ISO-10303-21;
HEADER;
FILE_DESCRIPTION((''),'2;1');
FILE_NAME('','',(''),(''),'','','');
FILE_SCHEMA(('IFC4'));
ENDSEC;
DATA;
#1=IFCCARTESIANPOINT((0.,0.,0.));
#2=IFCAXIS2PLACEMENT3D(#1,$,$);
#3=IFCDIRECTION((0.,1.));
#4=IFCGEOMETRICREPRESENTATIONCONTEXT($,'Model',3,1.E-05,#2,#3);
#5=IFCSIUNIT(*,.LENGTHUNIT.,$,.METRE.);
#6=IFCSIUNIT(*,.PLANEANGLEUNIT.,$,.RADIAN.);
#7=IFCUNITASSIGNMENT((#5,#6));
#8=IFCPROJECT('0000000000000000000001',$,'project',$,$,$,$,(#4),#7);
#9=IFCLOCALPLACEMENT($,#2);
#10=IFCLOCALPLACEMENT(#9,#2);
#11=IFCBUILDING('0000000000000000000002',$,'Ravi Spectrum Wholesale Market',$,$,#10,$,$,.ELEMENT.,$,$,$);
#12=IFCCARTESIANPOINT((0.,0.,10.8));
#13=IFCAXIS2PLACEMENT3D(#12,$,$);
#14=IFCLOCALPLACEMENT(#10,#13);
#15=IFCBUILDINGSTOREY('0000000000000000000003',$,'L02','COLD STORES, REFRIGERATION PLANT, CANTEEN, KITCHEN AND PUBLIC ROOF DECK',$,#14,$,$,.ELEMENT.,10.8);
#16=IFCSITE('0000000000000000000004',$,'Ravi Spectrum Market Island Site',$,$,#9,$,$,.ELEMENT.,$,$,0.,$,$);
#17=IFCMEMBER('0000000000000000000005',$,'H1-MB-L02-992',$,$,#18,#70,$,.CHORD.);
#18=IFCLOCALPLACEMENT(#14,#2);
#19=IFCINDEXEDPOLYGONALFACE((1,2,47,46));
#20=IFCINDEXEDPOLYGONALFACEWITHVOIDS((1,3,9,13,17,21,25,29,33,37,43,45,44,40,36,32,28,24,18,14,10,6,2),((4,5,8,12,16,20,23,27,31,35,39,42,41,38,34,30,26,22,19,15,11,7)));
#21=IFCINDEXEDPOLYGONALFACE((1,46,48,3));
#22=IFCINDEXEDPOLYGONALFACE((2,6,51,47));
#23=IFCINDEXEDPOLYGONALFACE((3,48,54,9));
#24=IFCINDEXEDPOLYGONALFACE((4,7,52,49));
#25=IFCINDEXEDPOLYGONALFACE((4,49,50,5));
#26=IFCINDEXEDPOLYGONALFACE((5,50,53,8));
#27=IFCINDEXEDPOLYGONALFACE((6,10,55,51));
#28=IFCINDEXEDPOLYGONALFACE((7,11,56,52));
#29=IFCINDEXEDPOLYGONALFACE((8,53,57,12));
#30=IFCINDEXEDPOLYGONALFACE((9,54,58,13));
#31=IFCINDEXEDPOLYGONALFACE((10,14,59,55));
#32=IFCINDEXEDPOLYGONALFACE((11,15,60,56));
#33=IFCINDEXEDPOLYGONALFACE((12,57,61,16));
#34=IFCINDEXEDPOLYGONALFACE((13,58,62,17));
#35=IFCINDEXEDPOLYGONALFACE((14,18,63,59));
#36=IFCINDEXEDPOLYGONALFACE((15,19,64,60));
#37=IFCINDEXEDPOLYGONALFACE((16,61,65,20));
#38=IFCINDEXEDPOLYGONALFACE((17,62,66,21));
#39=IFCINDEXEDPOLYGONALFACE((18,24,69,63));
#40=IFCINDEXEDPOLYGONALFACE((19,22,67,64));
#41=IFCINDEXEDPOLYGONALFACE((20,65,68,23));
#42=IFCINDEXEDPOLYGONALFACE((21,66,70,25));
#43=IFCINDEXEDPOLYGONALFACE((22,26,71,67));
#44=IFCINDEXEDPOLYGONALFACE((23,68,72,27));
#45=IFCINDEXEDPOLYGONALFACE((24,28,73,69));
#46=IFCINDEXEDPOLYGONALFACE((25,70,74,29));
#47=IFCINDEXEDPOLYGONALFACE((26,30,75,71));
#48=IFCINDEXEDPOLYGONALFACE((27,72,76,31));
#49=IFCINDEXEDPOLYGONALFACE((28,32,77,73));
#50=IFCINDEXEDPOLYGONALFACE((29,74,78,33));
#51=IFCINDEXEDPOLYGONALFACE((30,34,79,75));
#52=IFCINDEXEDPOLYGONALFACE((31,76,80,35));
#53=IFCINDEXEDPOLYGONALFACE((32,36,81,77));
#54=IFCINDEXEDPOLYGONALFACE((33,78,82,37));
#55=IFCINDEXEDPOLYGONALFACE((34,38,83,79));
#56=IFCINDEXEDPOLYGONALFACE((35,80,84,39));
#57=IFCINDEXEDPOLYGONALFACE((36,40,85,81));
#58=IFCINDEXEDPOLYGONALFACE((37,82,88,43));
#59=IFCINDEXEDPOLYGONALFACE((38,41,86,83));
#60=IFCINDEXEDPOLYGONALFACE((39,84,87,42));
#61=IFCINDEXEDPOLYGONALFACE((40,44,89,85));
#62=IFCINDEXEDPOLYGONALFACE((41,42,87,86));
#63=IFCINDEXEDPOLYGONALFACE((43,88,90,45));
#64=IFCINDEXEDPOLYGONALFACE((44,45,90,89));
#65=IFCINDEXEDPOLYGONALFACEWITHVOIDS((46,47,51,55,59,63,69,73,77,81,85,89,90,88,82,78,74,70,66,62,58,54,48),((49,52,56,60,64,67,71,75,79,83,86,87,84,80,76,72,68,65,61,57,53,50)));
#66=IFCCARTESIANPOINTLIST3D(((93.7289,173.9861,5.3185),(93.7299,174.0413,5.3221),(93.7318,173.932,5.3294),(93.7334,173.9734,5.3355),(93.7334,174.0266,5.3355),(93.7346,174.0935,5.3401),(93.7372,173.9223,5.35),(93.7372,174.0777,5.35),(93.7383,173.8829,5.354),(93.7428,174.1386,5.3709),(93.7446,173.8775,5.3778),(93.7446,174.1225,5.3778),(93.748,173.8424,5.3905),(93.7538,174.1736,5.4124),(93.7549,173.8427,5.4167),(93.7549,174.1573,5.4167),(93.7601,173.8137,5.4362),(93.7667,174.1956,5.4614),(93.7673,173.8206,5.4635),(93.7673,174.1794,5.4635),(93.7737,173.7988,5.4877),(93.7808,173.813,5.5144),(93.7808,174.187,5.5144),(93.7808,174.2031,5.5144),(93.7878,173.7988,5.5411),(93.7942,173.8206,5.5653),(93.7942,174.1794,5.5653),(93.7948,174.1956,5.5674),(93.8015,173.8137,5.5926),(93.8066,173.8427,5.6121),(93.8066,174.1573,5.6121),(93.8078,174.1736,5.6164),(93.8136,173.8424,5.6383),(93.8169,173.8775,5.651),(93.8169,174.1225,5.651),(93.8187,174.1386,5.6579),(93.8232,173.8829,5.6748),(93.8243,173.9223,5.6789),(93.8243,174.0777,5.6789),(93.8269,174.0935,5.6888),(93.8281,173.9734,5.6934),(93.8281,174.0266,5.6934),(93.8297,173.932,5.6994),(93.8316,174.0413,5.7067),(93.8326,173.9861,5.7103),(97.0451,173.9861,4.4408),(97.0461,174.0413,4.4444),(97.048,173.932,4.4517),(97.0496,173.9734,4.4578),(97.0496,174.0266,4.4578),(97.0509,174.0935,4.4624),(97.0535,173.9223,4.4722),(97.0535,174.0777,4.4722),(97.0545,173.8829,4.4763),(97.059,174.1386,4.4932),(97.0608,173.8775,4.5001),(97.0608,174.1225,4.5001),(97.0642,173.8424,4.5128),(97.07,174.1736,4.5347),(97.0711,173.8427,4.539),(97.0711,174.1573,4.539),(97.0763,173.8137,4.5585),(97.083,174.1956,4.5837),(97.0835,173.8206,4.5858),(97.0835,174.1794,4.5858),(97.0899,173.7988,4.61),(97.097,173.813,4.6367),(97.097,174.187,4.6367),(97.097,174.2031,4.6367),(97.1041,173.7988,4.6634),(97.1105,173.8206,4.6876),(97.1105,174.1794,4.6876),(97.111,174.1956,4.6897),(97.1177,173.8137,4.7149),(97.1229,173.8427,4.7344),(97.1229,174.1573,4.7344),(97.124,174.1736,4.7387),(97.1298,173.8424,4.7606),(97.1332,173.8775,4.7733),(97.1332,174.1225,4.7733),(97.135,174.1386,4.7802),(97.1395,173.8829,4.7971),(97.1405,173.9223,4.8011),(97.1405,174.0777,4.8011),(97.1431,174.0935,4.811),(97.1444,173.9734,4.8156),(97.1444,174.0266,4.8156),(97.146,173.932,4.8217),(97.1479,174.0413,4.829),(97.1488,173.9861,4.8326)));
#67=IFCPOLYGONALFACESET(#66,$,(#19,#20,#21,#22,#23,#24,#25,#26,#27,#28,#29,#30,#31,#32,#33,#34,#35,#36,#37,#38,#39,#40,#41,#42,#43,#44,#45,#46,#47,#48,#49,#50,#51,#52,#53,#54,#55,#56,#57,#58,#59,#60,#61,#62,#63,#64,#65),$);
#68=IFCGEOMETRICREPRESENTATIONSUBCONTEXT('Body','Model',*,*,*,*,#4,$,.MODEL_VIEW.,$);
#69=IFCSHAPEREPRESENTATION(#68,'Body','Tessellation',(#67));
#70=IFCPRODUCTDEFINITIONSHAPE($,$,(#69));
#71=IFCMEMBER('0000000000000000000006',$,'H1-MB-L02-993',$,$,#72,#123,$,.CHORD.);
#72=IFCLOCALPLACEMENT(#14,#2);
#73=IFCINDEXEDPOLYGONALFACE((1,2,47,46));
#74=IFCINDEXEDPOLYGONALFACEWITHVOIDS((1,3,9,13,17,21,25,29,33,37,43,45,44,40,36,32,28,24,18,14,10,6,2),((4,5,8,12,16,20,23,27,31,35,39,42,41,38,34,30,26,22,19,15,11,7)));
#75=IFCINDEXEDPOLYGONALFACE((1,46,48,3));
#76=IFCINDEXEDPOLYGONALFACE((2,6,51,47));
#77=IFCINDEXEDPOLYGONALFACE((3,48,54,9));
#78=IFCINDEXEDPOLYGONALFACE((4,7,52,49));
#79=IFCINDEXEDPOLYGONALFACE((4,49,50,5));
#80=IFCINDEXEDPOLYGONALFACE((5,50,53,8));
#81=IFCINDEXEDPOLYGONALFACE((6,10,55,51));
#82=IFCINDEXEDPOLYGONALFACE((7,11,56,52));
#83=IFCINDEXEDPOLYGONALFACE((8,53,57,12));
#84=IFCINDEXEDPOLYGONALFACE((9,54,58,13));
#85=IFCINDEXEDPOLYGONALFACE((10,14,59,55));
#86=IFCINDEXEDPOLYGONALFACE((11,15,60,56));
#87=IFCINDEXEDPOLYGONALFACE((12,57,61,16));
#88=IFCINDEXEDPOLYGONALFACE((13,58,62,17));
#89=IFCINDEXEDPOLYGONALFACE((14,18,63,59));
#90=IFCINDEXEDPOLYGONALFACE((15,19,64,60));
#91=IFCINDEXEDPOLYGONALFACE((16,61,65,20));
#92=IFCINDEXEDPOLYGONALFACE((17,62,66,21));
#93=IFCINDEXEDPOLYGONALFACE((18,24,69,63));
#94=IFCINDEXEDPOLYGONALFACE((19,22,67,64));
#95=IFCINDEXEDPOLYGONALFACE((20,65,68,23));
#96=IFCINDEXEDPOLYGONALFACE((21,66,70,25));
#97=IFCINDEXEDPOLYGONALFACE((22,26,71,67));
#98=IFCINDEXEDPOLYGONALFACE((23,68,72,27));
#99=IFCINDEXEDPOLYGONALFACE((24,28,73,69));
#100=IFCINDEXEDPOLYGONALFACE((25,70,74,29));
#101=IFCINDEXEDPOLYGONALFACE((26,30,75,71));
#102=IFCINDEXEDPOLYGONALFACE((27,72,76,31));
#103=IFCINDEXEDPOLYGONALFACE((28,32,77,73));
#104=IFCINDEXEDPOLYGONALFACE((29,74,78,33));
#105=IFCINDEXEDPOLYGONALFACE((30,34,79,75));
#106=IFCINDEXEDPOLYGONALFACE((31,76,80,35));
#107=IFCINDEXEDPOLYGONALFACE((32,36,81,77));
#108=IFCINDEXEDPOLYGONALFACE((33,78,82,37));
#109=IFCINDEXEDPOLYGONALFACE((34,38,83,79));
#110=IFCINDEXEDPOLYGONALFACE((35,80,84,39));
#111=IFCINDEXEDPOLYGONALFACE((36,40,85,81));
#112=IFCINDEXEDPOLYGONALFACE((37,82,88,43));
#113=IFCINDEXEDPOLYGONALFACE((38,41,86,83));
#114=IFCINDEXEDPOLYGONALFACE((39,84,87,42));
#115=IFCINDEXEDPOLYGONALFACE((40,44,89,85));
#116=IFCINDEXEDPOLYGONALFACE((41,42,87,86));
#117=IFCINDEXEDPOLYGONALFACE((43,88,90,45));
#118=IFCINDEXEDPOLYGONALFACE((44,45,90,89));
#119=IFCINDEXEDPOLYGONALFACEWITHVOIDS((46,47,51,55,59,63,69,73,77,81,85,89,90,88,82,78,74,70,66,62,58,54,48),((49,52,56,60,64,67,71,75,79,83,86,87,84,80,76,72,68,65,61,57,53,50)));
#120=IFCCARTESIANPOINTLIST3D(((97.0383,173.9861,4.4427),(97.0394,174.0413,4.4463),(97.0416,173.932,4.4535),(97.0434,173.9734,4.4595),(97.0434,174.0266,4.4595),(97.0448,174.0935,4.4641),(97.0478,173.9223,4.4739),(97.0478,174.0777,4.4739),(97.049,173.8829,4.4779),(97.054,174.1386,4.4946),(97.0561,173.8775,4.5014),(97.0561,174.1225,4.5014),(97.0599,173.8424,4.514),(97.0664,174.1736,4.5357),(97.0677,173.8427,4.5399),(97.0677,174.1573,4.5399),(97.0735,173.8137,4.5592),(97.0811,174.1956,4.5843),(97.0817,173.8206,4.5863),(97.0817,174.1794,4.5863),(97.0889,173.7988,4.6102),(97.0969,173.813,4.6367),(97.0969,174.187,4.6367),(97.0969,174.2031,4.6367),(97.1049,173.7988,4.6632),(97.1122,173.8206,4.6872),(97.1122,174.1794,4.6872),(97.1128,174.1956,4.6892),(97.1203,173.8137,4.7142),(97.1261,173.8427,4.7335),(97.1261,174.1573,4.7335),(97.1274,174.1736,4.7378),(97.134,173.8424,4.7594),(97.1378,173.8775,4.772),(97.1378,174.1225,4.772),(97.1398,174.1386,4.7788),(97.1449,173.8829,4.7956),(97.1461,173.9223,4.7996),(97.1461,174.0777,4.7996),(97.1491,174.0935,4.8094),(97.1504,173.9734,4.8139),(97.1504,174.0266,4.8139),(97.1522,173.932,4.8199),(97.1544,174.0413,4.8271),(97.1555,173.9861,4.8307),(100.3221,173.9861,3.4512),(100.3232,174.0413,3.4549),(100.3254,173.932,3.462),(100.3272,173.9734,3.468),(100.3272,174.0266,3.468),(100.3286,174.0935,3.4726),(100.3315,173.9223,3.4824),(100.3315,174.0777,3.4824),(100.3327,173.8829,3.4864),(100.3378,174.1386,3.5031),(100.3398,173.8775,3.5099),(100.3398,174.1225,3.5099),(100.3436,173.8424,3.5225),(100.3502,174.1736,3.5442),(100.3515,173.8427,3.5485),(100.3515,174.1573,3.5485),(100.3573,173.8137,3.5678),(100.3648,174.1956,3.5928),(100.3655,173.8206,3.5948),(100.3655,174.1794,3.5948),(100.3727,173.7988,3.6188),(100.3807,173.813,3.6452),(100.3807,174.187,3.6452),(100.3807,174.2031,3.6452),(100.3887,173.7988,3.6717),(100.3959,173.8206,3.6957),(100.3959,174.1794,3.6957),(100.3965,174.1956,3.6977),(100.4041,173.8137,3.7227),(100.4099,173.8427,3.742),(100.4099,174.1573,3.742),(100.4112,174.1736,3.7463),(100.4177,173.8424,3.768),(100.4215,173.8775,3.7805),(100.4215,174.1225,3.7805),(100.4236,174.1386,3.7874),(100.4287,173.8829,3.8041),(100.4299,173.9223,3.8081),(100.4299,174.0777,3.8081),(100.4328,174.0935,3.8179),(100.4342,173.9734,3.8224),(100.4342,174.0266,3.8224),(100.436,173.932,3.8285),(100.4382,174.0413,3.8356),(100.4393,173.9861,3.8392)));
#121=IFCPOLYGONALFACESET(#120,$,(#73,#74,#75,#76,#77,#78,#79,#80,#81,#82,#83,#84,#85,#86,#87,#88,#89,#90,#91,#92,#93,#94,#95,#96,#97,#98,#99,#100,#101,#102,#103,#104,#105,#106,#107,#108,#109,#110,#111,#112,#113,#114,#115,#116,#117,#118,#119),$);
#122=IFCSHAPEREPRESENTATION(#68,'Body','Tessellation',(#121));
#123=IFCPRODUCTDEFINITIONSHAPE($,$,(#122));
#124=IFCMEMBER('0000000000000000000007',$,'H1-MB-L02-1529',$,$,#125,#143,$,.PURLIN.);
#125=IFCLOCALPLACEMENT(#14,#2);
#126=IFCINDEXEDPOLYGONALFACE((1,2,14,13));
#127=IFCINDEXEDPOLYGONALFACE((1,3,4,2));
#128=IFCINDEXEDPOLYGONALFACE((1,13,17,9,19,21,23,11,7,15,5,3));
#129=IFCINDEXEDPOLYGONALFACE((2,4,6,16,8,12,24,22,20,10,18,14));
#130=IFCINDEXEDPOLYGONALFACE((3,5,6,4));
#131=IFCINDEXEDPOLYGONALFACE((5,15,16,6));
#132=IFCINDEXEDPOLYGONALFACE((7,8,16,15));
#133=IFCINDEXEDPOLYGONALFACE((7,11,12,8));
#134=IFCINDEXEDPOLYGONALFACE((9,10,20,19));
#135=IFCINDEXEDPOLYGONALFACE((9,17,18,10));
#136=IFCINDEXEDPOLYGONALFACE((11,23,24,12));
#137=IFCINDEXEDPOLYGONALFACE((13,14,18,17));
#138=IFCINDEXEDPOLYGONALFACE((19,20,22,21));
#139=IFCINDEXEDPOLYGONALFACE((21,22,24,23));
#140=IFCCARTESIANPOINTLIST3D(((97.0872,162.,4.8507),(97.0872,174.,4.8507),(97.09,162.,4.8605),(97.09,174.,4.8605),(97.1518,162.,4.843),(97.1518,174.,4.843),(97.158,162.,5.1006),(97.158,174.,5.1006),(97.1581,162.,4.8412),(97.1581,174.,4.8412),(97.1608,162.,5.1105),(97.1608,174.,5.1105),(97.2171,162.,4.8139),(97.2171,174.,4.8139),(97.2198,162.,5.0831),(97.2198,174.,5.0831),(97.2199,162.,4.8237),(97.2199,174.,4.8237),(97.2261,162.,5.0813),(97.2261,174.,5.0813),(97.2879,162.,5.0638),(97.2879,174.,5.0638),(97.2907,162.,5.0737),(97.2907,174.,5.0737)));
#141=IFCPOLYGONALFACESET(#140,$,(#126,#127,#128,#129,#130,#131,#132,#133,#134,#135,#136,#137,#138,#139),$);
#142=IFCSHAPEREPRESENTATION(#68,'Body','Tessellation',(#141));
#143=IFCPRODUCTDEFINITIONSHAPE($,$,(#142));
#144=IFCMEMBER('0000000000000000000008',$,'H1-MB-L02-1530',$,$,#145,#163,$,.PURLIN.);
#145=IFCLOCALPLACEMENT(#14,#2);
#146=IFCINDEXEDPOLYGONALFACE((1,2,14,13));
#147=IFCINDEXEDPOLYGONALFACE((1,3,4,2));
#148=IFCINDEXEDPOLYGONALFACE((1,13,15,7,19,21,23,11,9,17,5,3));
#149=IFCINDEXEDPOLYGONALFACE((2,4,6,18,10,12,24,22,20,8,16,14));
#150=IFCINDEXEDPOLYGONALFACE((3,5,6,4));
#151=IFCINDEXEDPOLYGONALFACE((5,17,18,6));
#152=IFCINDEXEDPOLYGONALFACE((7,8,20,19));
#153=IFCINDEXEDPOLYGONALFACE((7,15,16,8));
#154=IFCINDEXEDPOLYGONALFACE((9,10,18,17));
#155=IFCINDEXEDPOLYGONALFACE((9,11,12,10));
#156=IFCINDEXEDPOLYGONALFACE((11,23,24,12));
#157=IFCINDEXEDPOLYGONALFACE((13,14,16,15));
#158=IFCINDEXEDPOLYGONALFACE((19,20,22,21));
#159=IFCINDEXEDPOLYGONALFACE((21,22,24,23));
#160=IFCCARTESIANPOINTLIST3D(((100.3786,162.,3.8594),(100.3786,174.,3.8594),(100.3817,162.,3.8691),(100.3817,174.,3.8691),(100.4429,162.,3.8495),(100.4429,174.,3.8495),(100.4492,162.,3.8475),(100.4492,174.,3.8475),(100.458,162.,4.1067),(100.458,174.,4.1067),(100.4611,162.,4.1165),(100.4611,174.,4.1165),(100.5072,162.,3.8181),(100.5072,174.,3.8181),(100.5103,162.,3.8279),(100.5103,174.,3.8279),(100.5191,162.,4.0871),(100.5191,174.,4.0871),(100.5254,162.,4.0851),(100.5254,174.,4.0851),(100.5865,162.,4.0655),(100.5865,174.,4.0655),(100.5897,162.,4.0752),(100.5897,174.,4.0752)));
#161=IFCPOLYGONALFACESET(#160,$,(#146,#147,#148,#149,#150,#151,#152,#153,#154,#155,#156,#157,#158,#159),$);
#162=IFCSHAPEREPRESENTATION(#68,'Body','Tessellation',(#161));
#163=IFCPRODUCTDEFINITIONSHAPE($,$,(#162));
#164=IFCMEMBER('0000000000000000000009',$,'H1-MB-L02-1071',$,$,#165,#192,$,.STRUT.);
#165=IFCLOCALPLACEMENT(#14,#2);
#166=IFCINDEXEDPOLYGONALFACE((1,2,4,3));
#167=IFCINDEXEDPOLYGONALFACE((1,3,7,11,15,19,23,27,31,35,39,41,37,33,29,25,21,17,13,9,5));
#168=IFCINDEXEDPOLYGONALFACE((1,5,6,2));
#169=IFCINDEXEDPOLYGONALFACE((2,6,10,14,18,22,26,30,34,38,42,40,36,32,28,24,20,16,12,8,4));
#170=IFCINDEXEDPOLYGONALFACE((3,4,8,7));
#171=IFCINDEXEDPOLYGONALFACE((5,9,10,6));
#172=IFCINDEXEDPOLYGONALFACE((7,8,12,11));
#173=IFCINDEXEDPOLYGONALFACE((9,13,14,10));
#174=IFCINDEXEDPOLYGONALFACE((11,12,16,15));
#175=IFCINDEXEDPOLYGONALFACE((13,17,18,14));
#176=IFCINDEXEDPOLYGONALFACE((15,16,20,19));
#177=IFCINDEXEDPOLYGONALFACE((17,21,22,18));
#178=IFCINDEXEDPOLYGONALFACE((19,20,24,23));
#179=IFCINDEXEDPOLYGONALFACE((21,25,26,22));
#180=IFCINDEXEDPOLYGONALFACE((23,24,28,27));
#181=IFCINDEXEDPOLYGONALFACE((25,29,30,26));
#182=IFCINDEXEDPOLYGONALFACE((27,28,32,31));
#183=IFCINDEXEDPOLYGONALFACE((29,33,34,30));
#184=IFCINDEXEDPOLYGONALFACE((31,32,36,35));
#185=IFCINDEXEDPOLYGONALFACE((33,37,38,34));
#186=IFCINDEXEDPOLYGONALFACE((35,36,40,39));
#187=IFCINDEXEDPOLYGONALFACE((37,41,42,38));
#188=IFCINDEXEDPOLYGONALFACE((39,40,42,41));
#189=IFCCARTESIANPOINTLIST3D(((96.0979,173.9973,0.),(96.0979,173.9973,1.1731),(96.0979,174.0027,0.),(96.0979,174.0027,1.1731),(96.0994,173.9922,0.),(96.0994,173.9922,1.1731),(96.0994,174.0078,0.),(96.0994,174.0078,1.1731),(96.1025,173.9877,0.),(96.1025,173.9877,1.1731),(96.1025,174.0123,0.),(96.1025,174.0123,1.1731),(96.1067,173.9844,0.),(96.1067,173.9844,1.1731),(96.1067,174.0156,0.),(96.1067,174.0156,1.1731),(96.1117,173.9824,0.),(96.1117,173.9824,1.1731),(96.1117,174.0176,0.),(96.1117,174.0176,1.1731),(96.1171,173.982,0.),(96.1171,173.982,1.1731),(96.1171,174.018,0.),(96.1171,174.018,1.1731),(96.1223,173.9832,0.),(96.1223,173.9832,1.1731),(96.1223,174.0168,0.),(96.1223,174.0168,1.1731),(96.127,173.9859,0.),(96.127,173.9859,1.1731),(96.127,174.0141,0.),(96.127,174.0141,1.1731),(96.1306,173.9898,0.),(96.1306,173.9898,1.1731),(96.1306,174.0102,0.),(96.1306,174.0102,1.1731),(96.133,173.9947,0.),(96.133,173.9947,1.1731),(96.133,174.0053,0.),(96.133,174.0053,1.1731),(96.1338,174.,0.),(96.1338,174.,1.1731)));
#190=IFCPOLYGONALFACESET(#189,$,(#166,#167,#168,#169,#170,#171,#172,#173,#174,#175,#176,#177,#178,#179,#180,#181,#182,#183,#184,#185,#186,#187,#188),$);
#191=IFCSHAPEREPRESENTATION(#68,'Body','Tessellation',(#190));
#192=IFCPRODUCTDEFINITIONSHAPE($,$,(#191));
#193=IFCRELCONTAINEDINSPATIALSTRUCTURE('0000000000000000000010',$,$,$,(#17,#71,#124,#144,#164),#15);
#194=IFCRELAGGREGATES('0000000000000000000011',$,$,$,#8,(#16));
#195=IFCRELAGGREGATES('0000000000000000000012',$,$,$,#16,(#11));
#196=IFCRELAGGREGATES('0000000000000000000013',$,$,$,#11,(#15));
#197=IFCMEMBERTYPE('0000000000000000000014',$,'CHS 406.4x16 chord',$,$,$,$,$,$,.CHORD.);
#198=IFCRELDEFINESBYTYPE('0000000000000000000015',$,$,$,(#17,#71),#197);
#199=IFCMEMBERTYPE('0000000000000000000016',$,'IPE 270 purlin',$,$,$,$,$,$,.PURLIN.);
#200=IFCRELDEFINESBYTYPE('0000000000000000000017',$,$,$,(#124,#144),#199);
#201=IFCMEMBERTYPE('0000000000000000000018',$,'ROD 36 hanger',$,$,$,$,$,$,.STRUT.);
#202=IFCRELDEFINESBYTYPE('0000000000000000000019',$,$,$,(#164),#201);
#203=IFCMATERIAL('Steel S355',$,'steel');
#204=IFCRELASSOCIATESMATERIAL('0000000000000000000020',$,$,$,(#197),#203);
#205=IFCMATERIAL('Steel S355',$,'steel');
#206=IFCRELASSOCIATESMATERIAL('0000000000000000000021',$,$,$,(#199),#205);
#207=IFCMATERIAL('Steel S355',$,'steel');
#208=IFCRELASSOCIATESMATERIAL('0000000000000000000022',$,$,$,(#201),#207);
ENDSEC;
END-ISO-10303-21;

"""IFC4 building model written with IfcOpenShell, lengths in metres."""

from ifc_helpers import new_model, si_unit, direction, frame, origin, origin_2d, place, context, subcontext, project, spatial, circle, hollow_circle, i_section, extrude, material, material_profile, profile_set, type_object, element, save


model = new_model("IFC4")

# Units and contexts
model_context = context("Model", 3, precision=1e-05, world=origin(), true_north=direction((0.0, 1.0)))
body_context = subcontext(model_context, "Body", "Model", "MODEL_VIEW")
ifc_project = project(units=[si_unit("LENGTHUNIT", "METRE"), si_unit("PLANEANGLEUNIT", "RADIAN")], contexts=[model_context])

# Site, building, storey
site_placement = place(None, origin())
site = spatial("IfcSite", under=ifc_project, at=site_placement, Name="Ravi Spectrum Market Island Site", CompositionType="ELEMENT", RefElevation=0.0)
building_placement = place(site_placement, origin())
building = spatial("IfcBuilding", under=site, at=building_placement, Name="Ravi Spectrum Wholesale Market", CompositionType="ELEMENT")
storey_placement = place(building_placement, frame((0.0, 0.0, 10.8)))
storey = spatial("IfcBuildingStorey", under=building, at=storey_placement, Name="L02", Description="COLD STORES, REFRIGERATION PLANT, CANTEEN, KITCHEN AND PUBLIC ROOF DECK", CompositionType="ELEMENT", Elevation=10.8)

# Members
ifc_material_1 = material(Name="Steel S355", Category="steel")
ifc_material_profile_1 = material_profile(ifc_material_1, hollow_circle(Radius=0.2031, WallThickness=0.0161, at=origin_2d()))
ifc_profile_set_1 = profile_set([ifc_material_profile_1], Name="Steel S355")
member_type_1 = type_object("IfcMemberType", Name="CHS 406.4x16 chord", PredefinedType="CHORD", material=ifc_profile_set_1)
member_1_placement = place(storey_placement, frame((93.7808, 174.0, 5.5144), z_axis=(0.966714, 0.0, -0.255859), x_axis=(0.0, 1.0, 0.0)))
element("IfcMember", 1, at=member_1_placement, inside=storey, type_object=member_type_1, Name="H1-MB-L02-992", PredefinedType="CHORD", context=body_context, shape_type="SweptSolid", body=[
    extrude(hollow_circle(Radius=0.2031, WallThickness=0.0161, at=origin_2d()), origin(), (0.0, 0.0, 1.0), 3.4304),
])
member_2_placement = place(storey_placement, frame((97.0969, 174.0, 4.6367), z_axis=(0.957315, 0.0, -0.289045), x_axis=(0.0, 1.0, 0.0)))
element("IfcMember", 2, at=member_2_placement, inside=storey, type_object=member_type_1, Name="H1-MB-L02-993", PredefinedType="CHORD", context=body_context, shape_type="SweptSolid", body=[
    extrude(hollow_circle(Radius=0.2031, WallThickness=0.0161, at=origin_2d()), origin(), (0.0, 0.0, 1.0), 3.4302),
])
ifc_material_2 = material(Name="Steel S355", Category="steel")
ifc_material_profile_2 = material_profile(ifc_material_2, i_section(OverallWidth=0.135, OverallDepth=0.27, WebThickness=0.0066, FlangeThickness=0.0103, at=origin_2d()))
ifc_profile_set_2 = profile_set([ifc_material_profile_2], Name="Steel S355")
member_type_2 = type_object("IfcMemberType", Name="IPE 270 purlin", PredefinedType="PURLIN", material=ifc_profile_set_2)
for number, where, z_axis, x_axis, name in (
    (3, (97.189, 162.0, 4.9622), (0.0, 1.0, 0.0), (-0.962156, 0.0, 0.272499), "H1-MB-L02-1529"),
    (4, (100.4841, 162.0, 3.9673), (0.0, 1.0, 0.0), (-0.952184, 0.0, 0.305524), "H1-MB-L02-1530"),
):
    element("IfcMember", number, at=place(storey_placement, frame(where, z_axis=z_axis, x_axis=x_axis)), inside=storey, type_object=member_type_2, Name=name, PredefinedType="PURLIN", context=body_context, shape_type="SweptSolid", body=[
        extrude(i_section(OverallWidth=0.135, OverallDepth=0.27, WebThickness=0.0066, FlangeThickness=0.0103, at=origin_2d()), origin(), (0.0, 0.0, 1.0), 12.0),
    ])
ifc_material_3 = material(Name="Steel S355", Category="steel")
ifc_material_profile_3 = material_profile(ifc_material_3, circle(Radius=0.0181, at=origin_2d()))
ifc_profile_set_3 = profile_set([ifc_material_profile_3], Name="Steel S355")
member_type_3 = type_object("IfcMemberType", Name="ROD 36 hanger", PredefinedType="STRUT", material=ifc_profile_set_3)
member_3_placement = place(storey_placement, frame((96.1157, 174.0, 0.0), z_axis=(0.0, 0.0, 1.0), x_axis=(1.0, 0.0, 0.0)))
element("IfcMember", 5, at=member_3_placement, inside=storey, type_object=member_type_3, Name="H1-MB-L02-1071", PredefinedType="STRUT", context=body_context, shape_type="SweptSolid", body=[
    extrude(circle(Radius=0.0181, at=origin_2d()), origin(), (0.0, 0.0, 1.0), 1.1731),
])

save(model, "model.ifc")
